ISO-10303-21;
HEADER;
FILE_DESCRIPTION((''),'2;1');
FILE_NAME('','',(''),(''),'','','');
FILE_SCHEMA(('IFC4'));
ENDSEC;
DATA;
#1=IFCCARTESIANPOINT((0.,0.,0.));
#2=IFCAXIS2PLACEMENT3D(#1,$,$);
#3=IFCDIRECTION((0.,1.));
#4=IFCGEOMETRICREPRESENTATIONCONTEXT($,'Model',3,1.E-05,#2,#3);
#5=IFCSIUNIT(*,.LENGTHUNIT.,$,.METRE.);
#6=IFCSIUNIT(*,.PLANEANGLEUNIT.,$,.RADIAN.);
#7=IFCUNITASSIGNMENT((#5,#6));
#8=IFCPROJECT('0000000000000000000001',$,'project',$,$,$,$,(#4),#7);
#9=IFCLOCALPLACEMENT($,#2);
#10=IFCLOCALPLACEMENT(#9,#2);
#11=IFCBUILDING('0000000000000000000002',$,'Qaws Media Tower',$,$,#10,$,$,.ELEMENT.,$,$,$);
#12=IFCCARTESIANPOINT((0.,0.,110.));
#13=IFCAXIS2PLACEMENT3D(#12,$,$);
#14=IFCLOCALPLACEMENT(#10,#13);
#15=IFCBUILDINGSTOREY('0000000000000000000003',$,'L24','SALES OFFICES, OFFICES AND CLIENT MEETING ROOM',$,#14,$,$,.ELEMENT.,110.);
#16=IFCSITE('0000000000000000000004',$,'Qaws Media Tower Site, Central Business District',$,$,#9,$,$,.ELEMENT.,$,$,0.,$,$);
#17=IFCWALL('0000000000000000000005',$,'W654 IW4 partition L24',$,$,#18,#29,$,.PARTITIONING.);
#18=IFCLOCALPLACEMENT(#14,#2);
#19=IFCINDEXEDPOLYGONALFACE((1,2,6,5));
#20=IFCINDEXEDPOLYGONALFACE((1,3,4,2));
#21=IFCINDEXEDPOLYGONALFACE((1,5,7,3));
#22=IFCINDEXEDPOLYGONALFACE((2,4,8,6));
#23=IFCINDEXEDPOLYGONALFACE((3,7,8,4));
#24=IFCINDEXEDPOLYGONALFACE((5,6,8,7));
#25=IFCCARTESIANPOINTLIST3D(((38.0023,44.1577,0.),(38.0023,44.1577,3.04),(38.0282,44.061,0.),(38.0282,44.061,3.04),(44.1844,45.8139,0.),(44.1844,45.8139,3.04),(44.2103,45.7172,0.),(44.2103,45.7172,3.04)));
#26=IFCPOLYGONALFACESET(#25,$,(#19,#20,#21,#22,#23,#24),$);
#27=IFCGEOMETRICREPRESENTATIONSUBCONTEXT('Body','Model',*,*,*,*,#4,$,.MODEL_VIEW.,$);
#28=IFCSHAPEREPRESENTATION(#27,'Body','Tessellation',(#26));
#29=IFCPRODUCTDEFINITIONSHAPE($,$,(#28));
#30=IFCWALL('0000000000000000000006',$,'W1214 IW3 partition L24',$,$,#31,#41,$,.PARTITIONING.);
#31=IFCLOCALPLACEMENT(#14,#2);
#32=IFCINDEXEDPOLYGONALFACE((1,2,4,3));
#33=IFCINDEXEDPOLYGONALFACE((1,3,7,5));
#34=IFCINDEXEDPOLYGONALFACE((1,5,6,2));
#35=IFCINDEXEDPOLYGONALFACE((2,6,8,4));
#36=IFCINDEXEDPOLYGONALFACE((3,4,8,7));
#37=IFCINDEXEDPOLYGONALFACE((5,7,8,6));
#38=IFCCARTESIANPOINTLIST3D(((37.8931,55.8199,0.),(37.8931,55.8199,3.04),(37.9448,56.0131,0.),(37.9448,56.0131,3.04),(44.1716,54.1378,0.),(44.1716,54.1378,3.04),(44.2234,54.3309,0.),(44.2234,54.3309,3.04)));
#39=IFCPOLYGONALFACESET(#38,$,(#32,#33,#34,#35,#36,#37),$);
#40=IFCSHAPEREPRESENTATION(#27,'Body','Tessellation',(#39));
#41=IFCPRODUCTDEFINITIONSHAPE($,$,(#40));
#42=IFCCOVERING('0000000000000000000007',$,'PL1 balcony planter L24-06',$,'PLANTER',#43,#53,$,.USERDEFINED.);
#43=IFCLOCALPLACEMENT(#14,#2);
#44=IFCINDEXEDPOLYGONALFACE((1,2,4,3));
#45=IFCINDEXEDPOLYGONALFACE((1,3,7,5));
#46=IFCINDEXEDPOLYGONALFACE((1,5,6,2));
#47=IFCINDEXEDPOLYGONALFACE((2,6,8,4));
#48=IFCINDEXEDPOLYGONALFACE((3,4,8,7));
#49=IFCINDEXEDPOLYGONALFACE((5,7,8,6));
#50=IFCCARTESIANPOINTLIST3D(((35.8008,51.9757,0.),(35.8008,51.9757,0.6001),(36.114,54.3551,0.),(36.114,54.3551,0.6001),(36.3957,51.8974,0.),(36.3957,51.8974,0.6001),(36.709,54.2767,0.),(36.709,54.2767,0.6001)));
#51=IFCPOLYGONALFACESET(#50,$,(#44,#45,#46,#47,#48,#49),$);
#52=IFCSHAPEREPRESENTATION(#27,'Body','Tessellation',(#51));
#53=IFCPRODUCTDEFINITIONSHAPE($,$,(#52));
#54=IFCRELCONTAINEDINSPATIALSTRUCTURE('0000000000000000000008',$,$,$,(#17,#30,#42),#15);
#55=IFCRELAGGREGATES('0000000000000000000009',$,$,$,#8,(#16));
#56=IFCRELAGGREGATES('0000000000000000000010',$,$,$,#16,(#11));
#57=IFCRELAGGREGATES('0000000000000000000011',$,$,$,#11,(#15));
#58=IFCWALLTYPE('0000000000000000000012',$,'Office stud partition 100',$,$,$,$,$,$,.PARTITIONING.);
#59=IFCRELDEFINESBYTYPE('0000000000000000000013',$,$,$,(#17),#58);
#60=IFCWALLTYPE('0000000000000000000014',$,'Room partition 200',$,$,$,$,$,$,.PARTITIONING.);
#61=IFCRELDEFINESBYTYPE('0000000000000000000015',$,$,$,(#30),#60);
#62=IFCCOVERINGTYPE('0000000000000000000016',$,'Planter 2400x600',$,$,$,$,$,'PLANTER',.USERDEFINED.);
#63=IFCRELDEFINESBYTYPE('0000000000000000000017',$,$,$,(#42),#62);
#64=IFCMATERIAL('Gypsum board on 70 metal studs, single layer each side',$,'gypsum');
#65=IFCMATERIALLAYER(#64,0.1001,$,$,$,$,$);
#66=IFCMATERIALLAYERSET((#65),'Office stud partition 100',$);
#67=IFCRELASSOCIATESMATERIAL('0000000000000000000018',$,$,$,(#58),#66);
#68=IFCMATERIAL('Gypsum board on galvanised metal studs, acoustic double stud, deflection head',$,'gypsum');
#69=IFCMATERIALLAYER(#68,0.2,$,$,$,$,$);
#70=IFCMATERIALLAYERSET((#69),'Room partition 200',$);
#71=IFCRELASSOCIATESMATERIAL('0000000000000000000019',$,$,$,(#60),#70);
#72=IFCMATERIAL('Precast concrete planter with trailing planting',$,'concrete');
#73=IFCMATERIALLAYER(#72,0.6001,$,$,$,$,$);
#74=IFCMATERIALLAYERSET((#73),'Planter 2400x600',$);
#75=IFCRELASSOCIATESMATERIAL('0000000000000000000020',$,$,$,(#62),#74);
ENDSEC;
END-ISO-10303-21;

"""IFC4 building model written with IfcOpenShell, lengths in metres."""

from ifc_helpers import new_model, si_unit, direction, frame, frame_2d, origin, origin_2d, place, context, subcontext, project, spatial, rectangle, extrude, material, layer, layer_set, type_object, element, save


model = new_model("IFC4")

# Units and contexts
model_context = context("Model", 3, precision=1e-05, world=origin(), true_north=direction((0.0, 1.0)))
body_context = subcontext(model_context, "Body", "Model", "MODEL_VIEW")
ifc_project = project(units=[si_unit("LENGTHUNIT", "METRE"), si_unit("PLANEANGLEUNIT", "RADIAN")], contexts=[model_context])

# Site, building, storey
site_placement = place(None, origin())
site = spatial("IfcSite", under=ifc_project, at=site_placement, Name="Qaws Media Tower Site, Central Business District", CompositionType="ELEMENT", RefElevation=0.0)
building_placement = place(site_placement, origin())
building = spatial("IfcBuilding", under=site, at=building_placement, Name="Qaws Media Tower", CompositionType="ELEMENT")
storey_placement = place(building_placement, frame((0.0, 0.0, 110.0)))
storey = spatial("IfcBuildingStorey", under=building, at=storey_placement, Name="L24", Description="SALES OFFICES, OFFICES AND CLIENT MEETING ROOM", CompositionType="ELEMENT", Elevation=110.0)

# Wall
ifc_material_1 = material(Name="Gypsum board on 70 metal studs, single layer each side", Category="gypsum")
ifc_layer_1 = layer(ifc_material_1, 0.1001)
ifc_layer_set_1 = layer_set([ifc_layer_1], Name="Office stud partition 100")
wall_type_1 = type_object("IfcWallType", Name="Office stud partition 100", PredefinedType="PARTITIONING", material=ifc_layer_set_1)
wall_1_placement = place(storey_placement, frame((44.1975, 45.7656, 0.0), z_axis=(0.0, 0.0, 1.0), x_axis=(-0.965935, -0.258783, 0.0)))
element("IfcWall", 1, at=wall_1_placement, inside=storey, type_object=wall_type_1, Name="W654 IW4 partition L24", PredefinedType="PARTITIONING", context=body_context, shape_type="SweptSolid", body=[
    extrude(rectangle(XDim=6.4001, YDim=0.1001, at=frame_2d((3.2002, 0.0))), origin(), (0.0, 0.0, 1.0), 3.04),
])

# Shared definitions
ifc_material_2 = material(Name="Gypsum board on galvanised metal studs, acoustic double stud, deflection head", Category="gypsum")
ifc_layer_2 = layer(ifc_material_2, 0.2)
ifc_layer_set_2 = layer_set([ifc_layer_2], Name="Room partition 200")
wall_type_2 = type_object("IfcWallType", Name="Room partition 200", PredefinedType="PARTITIONING", material=ifc_layer_set_2)

# Wall
wall_2_placement = place(storey_placement, frame((44.1975, 54.2344, 0.0), z_axis=(0.0, 0.0, 1.0), x_axis=(-0.965934, 0.258789, 0.0)))
element("IfcWall", 2, at=wall_2_placement, inside=storey, type_object=wall_type_2, Name="W1214 IW3 partition L24", PredefinedType="PARTITIONING", context=body_context, shape_type="SweptSolid", body=[
    extrude(rectangle(XDim=6.5, YDim=0.2, at=frame_2d((3.25, 0.0))), origin(), (0.0, 0.0, 1.0), 3.04),
])

# Covering
ifc_material_3 = material(Name="Precast concrete planter with trailing planting", Category="concrete")
ifc_layer_3 = layer(ifc_material_3, 0.6001)
ifc_layer_set_3 = layer_set([ifc_layer_3], Name="Planter 2400x600")
covering_type = type_object("IfcCoveringType", Name="Planter 2400x600", ElementType="PLANTER", PredefinedType="USERDEFINED", material=ifc_layer_set_3)
covering_placement = place(storey_placement, frame((36.2549, 53.1262, 0.0), z_axis=(0.0, 0.0, 1.0), x_axis=(-0.130526, -0.991445, 0.0)))
element("IfcCovering", 3, at=covering_placement, inside=storey, type_object=covering_type, Name="PL1 balcony planter L24-06", ObjectType="PLANTER", PredefinedType="USERDEFINED", context=body_context, shape_type="SweptSolid", body=[
    extrude(rectangle(XDim=2.3999, YDim=0.6001, at=origin_2d()), origin(), (0.0, 0.0, 1.0), 0.6001),
])

save(model, "model.ifc")
